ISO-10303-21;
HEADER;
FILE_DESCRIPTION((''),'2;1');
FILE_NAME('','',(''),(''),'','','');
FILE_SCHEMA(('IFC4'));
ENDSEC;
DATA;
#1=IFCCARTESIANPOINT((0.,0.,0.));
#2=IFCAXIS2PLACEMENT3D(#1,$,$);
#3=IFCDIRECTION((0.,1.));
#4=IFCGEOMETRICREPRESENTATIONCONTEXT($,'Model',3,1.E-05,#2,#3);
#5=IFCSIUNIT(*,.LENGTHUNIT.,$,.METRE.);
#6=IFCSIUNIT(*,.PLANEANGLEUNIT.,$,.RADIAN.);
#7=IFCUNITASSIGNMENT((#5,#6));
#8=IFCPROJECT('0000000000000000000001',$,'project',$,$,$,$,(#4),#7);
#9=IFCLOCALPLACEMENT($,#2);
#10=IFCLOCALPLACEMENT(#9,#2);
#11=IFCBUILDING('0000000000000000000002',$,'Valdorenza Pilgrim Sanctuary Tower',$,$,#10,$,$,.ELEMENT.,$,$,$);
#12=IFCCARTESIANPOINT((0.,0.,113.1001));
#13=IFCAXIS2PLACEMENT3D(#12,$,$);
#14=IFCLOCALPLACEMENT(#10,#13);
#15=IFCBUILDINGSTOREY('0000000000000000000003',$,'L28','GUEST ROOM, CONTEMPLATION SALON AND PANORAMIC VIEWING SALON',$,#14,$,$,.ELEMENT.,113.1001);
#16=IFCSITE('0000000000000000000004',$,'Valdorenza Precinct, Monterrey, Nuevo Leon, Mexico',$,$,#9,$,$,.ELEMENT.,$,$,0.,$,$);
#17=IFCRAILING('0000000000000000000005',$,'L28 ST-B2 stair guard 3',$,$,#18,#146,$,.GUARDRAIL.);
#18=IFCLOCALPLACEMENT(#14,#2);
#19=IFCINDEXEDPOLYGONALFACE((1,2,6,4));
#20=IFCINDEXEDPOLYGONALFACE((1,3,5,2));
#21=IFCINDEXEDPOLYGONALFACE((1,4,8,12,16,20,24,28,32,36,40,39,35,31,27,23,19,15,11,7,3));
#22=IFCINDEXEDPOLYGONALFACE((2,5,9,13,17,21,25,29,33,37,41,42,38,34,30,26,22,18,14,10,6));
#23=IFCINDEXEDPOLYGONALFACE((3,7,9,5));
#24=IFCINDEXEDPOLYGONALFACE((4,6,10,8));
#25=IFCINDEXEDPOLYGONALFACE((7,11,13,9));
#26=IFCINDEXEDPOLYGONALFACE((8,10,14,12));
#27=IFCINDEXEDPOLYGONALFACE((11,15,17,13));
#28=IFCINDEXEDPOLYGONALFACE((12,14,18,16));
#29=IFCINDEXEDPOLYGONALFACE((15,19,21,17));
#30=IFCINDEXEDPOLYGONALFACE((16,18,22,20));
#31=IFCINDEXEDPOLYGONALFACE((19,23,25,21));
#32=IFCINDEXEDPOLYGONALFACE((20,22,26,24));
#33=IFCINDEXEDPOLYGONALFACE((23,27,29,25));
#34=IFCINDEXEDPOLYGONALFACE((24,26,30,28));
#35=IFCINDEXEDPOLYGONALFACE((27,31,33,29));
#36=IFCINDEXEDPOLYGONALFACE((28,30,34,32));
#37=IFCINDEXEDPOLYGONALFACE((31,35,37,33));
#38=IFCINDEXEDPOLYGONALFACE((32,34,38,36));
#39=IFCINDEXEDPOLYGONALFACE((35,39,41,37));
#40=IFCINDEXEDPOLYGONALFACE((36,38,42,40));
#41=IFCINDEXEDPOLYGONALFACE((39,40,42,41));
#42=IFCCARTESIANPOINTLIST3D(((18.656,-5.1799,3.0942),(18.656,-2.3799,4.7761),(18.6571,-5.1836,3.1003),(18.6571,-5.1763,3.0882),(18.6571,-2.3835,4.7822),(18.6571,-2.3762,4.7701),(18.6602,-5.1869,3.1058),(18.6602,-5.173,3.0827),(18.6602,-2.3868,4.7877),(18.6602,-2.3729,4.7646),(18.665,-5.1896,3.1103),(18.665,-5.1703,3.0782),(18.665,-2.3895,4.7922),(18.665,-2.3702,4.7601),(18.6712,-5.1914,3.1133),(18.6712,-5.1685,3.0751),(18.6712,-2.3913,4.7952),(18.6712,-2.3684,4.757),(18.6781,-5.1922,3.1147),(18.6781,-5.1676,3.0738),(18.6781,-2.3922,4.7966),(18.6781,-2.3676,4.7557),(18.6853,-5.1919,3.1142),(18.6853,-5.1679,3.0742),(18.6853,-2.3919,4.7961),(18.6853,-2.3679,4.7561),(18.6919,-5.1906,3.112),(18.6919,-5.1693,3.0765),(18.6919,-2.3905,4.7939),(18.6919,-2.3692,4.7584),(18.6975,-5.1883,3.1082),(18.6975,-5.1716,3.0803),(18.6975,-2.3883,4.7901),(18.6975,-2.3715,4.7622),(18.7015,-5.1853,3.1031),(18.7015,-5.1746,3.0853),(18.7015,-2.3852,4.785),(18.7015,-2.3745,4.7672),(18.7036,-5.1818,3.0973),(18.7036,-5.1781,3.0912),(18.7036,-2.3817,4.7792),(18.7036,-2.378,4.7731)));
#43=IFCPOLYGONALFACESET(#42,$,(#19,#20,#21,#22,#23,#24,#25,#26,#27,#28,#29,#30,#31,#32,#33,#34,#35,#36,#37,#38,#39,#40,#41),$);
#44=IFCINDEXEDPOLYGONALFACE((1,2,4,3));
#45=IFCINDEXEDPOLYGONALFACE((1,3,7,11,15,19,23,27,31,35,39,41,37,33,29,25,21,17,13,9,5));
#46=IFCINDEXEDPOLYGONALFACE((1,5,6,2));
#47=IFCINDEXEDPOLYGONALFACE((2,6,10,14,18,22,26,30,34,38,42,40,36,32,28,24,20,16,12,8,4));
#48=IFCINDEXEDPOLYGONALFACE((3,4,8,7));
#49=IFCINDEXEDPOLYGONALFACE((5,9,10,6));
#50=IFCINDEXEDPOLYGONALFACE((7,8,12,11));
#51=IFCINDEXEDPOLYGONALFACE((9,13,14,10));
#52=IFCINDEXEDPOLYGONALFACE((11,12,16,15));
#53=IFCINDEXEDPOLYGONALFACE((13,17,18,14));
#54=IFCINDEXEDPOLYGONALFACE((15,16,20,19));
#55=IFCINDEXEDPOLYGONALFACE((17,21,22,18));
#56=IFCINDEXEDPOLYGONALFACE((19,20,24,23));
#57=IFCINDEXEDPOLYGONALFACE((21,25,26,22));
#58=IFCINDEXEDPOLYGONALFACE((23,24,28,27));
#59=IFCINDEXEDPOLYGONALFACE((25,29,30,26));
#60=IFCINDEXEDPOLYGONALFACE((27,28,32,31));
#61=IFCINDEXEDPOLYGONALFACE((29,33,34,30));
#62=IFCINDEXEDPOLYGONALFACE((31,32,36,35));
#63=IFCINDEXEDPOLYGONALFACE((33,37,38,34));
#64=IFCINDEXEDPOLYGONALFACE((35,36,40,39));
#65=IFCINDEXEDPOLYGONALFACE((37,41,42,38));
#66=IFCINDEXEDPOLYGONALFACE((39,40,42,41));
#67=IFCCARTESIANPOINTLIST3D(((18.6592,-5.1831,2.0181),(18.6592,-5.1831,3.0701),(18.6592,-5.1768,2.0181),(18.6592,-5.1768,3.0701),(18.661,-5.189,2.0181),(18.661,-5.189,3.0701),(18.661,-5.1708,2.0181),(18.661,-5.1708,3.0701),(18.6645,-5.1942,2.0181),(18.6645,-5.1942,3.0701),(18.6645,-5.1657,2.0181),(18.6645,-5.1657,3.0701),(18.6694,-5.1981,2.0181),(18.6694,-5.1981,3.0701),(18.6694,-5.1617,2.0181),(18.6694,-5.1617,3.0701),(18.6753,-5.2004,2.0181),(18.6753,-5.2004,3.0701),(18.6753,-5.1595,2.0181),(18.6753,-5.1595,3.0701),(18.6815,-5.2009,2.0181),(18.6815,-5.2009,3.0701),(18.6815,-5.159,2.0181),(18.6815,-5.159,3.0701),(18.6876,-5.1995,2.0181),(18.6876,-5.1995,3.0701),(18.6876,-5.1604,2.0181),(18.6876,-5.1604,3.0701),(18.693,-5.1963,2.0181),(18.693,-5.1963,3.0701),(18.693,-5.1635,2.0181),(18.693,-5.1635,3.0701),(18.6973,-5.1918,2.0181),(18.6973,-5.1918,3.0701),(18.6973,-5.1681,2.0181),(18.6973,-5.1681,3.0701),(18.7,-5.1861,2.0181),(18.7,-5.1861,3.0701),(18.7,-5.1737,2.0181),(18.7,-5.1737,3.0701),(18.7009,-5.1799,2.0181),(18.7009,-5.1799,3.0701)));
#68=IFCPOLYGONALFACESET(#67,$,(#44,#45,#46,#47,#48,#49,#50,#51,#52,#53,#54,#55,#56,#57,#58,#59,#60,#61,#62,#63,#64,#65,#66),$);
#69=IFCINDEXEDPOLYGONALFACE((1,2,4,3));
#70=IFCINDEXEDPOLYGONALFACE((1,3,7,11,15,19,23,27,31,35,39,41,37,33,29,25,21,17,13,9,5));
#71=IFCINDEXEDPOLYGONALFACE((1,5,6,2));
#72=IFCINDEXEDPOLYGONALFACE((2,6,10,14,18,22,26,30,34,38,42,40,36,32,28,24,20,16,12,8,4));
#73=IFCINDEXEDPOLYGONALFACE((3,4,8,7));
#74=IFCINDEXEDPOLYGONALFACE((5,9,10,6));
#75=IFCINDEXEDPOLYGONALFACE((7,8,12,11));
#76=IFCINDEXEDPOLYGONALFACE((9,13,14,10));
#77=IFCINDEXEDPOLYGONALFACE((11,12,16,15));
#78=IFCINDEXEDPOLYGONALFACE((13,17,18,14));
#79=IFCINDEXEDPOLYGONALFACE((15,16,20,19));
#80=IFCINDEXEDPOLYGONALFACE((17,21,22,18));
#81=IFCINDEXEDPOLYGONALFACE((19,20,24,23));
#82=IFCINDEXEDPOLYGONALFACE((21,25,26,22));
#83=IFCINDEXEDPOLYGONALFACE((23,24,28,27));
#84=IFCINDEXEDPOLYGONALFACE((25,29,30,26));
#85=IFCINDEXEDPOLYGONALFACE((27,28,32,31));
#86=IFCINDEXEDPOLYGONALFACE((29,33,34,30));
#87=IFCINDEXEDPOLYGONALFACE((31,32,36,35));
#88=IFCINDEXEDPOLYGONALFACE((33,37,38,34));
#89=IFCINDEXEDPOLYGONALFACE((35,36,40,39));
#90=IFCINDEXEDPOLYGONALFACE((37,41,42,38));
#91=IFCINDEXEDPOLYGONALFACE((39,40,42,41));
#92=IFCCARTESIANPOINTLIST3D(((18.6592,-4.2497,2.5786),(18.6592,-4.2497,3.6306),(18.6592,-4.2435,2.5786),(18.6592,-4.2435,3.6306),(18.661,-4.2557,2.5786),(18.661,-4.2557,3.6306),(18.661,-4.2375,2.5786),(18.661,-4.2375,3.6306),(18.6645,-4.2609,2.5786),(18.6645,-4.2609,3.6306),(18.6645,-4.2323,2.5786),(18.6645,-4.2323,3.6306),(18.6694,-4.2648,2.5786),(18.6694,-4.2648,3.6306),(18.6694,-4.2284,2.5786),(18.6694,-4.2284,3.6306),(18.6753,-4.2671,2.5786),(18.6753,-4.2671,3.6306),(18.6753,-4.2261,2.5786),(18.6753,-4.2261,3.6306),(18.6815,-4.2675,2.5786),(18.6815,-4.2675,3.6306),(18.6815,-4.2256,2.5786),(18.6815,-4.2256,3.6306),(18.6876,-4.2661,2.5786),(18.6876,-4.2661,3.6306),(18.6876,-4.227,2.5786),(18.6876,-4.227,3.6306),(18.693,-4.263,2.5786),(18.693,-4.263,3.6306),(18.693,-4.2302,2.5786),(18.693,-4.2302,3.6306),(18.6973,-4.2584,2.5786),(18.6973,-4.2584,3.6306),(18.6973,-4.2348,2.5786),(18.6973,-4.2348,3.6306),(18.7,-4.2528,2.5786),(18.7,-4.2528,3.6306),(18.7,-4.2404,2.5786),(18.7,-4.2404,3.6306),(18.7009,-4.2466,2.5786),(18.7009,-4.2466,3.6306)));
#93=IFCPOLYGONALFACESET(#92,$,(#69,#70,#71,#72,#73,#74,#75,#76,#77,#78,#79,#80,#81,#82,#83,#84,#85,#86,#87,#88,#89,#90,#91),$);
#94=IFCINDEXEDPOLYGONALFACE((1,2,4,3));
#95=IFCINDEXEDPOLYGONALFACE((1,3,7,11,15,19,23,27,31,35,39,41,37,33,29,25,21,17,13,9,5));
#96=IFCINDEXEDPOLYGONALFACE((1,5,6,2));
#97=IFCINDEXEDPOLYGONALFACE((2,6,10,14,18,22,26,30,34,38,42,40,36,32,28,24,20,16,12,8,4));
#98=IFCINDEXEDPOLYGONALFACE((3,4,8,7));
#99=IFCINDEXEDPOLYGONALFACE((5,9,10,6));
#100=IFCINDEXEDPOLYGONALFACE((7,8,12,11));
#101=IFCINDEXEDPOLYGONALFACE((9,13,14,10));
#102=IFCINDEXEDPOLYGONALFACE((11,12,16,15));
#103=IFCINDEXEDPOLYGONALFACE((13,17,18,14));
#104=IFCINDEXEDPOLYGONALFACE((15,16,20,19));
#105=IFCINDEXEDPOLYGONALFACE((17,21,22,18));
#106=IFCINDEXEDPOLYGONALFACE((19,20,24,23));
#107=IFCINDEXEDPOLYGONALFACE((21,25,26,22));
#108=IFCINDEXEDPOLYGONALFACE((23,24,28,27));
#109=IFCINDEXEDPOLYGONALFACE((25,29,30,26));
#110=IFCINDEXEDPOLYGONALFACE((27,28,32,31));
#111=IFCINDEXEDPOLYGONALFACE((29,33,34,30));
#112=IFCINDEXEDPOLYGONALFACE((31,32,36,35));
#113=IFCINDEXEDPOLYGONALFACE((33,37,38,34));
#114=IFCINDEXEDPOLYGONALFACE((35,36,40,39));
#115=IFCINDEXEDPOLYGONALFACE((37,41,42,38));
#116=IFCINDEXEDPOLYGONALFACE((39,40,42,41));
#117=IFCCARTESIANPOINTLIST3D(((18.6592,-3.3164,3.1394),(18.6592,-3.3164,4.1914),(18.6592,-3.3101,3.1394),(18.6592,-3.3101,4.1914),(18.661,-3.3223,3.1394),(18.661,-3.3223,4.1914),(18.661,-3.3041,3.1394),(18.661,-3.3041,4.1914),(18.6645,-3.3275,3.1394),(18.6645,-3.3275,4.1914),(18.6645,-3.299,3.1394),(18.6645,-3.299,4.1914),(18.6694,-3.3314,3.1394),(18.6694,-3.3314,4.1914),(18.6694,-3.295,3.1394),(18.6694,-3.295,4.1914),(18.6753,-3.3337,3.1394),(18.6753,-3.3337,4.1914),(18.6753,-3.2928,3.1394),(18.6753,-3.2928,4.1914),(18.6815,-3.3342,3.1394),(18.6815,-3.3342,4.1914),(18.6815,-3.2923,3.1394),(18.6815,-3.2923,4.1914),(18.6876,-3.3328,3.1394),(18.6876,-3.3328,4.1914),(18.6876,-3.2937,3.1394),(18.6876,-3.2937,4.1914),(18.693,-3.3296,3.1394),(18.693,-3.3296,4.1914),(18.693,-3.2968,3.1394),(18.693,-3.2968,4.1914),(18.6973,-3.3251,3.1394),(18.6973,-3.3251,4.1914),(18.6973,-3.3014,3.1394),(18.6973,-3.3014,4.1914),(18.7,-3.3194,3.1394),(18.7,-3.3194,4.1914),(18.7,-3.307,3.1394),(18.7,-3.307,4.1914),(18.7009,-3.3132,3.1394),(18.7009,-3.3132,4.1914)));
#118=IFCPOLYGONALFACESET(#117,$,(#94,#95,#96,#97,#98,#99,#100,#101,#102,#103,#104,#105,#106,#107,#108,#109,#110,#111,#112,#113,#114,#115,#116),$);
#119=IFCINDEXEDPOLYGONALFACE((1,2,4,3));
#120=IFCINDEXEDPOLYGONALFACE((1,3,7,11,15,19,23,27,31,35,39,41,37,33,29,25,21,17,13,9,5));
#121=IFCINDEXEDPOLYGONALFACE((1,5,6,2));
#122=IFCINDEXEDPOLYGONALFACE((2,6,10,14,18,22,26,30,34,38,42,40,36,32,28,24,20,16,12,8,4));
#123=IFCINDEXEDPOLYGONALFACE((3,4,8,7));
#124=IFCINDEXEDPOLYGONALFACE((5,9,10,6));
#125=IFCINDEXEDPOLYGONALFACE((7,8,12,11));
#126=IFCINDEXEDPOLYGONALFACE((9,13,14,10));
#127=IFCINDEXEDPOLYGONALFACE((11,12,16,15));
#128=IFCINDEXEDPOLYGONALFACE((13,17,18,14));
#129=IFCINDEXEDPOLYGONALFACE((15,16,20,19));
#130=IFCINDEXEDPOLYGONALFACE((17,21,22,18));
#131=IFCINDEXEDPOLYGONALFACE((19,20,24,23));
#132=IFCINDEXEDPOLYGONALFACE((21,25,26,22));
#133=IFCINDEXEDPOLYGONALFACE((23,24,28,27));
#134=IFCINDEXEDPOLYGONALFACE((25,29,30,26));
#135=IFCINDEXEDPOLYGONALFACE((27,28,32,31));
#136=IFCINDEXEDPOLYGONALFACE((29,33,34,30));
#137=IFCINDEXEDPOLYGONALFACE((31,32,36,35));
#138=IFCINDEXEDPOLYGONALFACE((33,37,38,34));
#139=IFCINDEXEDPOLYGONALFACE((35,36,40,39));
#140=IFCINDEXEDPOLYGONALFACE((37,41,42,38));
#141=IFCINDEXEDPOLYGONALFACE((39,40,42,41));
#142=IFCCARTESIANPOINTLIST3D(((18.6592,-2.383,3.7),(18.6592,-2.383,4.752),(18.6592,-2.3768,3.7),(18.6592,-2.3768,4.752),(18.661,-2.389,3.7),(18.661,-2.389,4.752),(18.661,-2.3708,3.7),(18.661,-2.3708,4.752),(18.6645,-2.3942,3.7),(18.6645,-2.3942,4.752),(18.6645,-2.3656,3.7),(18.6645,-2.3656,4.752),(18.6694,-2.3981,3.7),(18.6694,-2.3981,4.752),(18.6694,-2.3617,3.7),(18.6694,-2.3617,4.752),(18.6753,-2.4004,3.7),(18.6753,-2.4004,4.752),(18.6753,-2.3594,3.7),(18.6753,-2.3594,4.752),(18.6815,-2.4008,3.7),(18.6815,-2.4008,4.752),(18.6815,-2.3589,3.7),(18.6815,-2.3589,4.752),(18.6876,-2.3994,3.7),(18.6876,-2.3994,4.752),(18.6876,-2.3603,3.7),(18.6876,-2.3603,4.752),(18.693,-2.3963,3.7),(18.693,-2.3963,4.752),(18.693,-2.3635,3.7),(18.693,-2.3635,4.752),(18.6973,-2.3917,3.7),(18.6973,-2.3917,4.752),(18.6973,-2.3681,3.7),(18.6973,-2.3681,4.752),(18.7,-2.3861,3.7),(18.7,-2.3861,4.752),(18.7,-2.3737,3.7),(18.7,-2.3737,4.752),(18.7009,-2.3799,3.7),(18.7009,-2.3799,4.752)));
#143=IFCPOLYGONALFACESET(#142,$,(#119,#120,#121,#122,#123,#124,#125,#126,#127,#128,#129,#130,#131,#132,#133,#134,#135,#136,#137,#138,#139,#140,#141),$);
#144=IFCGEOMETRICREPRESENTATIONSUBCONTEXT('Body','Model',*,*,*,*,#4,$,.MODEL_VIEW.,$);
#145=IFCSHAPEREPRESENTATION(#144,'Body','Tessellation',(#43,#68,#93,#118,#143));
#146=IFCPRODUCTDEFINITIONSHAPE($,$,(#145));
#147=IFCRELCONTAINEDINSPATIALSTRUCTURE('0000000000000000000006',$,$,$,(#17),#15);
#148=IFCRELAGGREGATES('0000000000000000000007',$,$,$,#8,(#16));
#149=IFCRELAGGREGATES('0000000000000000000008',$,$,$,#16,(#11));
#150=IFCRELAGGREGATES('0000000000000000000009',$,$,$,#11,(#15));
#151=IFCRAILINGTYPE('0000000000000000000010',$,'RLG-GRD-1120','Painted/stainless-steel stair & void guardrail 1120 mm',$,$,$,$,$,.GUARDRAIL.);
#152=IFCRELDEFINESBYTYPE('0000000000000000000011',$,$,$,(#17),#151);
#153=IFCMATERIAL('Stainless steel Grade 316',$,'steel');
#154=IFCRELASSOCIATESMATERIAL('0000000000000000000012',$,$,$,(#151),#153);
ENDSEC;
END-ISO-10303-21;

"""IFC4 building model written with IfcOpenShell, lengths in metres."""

from ifc_helpers import new_model, si_unit, direction, frame, origin, origin_2d, place, context, subcontext, project, spatial, circle, extrude, material, type_object, element, save


model = new_model("IFC4")

# Units and contexts
model_context = context("Model", 3, precision=1e-05, world=origin(), true_north=direction((0.0, 1.0)))
body_context = subcontext(model_context, "Body", "Model", "MODEL_VIEW")
ifc_project = project(units=[si_unit("LENGTHUNIT", "METRE"), si_unit("PLANEANGLEUNIT", "RADIAN")], contexts=[model_context])

# Site, building, storey
site_placement = place(None, origin())
site = spatial("IfcSite", under=ifc_project, at=site_placement, Name="Valdorenza Precinct, Monterrey, Nuevo Leon, Mexico", CompositionType="ELEMENT", RefElevation=0.0)
building_placement = place(site_placement, origin())
building = spatial("IfcBuilding", under=site, at=building_placement, Name="Valdorenza Pilgrim Sanctuary Tower", CompositionType="ELEMENT")
storey_placement = place(building_placement, frame((0.0, 0.0, 113.1001)))
storey = spatial("IfcBuildingStorey", under=building, at=storey_placement, Name="L28", Description="GUEST ROOM, CONTEMPLATION SALON AND PANORAMIC VIEWING SALON", CompositionType="ELEMENT", Elevation=113.1001)

# Railing
ifc_material_1 = material(Name="Stainless steel Grade 316", Category="steel")
railing_type_1 = type_object("IfcRailingType", Name="RLG-GRD-1120", Description="Painted/stainless-steel stair & void guardrail 1120 mm", PredefinedType="GUARDRAIL", material=ifc_material_1)
railing_1_placement = place(storey_placement, frame((18.6799, -5.1799, 2.0181)))
element("IfcRailing", 1, at=railing_1_placement, inside=storey, type_object=railing_type_1, Name="L28 ST-B2 stair guard 3", PredefinedType="GUARDRAIL", context=body_context, shape_type="SweptSolid", body=[
    extrude(circle(Radius=0.0239, at=origin_2d()), frame((0.0, 0.0, 1.0762), z_axis=(0.0, 0.857242, 0.514913), x_axis=(-1.0, 0.0, 0.0)), (0.0, 0.0, 1.0), 3.2664),
    extrude(circle(Radius=0.021, at=origin_2d()), origin(), (0.0, 0.0, 1.0), 1.052),
    extrude(circle(Radius=0.021, at=origin_2d()), frame((0.0, 0.9333, 0.5605)), (0.0, 0.0, 1.0), 1.052),
    extrude(circle(Radius=0.021, at=origin_2d()), frame((0.0, 1.8667, 1.1213)), (0.0, 0.0, 1.0), 1.052),
    extrude(circle(Radius=0.021, at=origin_2d()), frame((0.0, 2.8, 1.6819)), (0.0, 0.0, 1.0), 1.052),
])

save(model, "model.ifc")
